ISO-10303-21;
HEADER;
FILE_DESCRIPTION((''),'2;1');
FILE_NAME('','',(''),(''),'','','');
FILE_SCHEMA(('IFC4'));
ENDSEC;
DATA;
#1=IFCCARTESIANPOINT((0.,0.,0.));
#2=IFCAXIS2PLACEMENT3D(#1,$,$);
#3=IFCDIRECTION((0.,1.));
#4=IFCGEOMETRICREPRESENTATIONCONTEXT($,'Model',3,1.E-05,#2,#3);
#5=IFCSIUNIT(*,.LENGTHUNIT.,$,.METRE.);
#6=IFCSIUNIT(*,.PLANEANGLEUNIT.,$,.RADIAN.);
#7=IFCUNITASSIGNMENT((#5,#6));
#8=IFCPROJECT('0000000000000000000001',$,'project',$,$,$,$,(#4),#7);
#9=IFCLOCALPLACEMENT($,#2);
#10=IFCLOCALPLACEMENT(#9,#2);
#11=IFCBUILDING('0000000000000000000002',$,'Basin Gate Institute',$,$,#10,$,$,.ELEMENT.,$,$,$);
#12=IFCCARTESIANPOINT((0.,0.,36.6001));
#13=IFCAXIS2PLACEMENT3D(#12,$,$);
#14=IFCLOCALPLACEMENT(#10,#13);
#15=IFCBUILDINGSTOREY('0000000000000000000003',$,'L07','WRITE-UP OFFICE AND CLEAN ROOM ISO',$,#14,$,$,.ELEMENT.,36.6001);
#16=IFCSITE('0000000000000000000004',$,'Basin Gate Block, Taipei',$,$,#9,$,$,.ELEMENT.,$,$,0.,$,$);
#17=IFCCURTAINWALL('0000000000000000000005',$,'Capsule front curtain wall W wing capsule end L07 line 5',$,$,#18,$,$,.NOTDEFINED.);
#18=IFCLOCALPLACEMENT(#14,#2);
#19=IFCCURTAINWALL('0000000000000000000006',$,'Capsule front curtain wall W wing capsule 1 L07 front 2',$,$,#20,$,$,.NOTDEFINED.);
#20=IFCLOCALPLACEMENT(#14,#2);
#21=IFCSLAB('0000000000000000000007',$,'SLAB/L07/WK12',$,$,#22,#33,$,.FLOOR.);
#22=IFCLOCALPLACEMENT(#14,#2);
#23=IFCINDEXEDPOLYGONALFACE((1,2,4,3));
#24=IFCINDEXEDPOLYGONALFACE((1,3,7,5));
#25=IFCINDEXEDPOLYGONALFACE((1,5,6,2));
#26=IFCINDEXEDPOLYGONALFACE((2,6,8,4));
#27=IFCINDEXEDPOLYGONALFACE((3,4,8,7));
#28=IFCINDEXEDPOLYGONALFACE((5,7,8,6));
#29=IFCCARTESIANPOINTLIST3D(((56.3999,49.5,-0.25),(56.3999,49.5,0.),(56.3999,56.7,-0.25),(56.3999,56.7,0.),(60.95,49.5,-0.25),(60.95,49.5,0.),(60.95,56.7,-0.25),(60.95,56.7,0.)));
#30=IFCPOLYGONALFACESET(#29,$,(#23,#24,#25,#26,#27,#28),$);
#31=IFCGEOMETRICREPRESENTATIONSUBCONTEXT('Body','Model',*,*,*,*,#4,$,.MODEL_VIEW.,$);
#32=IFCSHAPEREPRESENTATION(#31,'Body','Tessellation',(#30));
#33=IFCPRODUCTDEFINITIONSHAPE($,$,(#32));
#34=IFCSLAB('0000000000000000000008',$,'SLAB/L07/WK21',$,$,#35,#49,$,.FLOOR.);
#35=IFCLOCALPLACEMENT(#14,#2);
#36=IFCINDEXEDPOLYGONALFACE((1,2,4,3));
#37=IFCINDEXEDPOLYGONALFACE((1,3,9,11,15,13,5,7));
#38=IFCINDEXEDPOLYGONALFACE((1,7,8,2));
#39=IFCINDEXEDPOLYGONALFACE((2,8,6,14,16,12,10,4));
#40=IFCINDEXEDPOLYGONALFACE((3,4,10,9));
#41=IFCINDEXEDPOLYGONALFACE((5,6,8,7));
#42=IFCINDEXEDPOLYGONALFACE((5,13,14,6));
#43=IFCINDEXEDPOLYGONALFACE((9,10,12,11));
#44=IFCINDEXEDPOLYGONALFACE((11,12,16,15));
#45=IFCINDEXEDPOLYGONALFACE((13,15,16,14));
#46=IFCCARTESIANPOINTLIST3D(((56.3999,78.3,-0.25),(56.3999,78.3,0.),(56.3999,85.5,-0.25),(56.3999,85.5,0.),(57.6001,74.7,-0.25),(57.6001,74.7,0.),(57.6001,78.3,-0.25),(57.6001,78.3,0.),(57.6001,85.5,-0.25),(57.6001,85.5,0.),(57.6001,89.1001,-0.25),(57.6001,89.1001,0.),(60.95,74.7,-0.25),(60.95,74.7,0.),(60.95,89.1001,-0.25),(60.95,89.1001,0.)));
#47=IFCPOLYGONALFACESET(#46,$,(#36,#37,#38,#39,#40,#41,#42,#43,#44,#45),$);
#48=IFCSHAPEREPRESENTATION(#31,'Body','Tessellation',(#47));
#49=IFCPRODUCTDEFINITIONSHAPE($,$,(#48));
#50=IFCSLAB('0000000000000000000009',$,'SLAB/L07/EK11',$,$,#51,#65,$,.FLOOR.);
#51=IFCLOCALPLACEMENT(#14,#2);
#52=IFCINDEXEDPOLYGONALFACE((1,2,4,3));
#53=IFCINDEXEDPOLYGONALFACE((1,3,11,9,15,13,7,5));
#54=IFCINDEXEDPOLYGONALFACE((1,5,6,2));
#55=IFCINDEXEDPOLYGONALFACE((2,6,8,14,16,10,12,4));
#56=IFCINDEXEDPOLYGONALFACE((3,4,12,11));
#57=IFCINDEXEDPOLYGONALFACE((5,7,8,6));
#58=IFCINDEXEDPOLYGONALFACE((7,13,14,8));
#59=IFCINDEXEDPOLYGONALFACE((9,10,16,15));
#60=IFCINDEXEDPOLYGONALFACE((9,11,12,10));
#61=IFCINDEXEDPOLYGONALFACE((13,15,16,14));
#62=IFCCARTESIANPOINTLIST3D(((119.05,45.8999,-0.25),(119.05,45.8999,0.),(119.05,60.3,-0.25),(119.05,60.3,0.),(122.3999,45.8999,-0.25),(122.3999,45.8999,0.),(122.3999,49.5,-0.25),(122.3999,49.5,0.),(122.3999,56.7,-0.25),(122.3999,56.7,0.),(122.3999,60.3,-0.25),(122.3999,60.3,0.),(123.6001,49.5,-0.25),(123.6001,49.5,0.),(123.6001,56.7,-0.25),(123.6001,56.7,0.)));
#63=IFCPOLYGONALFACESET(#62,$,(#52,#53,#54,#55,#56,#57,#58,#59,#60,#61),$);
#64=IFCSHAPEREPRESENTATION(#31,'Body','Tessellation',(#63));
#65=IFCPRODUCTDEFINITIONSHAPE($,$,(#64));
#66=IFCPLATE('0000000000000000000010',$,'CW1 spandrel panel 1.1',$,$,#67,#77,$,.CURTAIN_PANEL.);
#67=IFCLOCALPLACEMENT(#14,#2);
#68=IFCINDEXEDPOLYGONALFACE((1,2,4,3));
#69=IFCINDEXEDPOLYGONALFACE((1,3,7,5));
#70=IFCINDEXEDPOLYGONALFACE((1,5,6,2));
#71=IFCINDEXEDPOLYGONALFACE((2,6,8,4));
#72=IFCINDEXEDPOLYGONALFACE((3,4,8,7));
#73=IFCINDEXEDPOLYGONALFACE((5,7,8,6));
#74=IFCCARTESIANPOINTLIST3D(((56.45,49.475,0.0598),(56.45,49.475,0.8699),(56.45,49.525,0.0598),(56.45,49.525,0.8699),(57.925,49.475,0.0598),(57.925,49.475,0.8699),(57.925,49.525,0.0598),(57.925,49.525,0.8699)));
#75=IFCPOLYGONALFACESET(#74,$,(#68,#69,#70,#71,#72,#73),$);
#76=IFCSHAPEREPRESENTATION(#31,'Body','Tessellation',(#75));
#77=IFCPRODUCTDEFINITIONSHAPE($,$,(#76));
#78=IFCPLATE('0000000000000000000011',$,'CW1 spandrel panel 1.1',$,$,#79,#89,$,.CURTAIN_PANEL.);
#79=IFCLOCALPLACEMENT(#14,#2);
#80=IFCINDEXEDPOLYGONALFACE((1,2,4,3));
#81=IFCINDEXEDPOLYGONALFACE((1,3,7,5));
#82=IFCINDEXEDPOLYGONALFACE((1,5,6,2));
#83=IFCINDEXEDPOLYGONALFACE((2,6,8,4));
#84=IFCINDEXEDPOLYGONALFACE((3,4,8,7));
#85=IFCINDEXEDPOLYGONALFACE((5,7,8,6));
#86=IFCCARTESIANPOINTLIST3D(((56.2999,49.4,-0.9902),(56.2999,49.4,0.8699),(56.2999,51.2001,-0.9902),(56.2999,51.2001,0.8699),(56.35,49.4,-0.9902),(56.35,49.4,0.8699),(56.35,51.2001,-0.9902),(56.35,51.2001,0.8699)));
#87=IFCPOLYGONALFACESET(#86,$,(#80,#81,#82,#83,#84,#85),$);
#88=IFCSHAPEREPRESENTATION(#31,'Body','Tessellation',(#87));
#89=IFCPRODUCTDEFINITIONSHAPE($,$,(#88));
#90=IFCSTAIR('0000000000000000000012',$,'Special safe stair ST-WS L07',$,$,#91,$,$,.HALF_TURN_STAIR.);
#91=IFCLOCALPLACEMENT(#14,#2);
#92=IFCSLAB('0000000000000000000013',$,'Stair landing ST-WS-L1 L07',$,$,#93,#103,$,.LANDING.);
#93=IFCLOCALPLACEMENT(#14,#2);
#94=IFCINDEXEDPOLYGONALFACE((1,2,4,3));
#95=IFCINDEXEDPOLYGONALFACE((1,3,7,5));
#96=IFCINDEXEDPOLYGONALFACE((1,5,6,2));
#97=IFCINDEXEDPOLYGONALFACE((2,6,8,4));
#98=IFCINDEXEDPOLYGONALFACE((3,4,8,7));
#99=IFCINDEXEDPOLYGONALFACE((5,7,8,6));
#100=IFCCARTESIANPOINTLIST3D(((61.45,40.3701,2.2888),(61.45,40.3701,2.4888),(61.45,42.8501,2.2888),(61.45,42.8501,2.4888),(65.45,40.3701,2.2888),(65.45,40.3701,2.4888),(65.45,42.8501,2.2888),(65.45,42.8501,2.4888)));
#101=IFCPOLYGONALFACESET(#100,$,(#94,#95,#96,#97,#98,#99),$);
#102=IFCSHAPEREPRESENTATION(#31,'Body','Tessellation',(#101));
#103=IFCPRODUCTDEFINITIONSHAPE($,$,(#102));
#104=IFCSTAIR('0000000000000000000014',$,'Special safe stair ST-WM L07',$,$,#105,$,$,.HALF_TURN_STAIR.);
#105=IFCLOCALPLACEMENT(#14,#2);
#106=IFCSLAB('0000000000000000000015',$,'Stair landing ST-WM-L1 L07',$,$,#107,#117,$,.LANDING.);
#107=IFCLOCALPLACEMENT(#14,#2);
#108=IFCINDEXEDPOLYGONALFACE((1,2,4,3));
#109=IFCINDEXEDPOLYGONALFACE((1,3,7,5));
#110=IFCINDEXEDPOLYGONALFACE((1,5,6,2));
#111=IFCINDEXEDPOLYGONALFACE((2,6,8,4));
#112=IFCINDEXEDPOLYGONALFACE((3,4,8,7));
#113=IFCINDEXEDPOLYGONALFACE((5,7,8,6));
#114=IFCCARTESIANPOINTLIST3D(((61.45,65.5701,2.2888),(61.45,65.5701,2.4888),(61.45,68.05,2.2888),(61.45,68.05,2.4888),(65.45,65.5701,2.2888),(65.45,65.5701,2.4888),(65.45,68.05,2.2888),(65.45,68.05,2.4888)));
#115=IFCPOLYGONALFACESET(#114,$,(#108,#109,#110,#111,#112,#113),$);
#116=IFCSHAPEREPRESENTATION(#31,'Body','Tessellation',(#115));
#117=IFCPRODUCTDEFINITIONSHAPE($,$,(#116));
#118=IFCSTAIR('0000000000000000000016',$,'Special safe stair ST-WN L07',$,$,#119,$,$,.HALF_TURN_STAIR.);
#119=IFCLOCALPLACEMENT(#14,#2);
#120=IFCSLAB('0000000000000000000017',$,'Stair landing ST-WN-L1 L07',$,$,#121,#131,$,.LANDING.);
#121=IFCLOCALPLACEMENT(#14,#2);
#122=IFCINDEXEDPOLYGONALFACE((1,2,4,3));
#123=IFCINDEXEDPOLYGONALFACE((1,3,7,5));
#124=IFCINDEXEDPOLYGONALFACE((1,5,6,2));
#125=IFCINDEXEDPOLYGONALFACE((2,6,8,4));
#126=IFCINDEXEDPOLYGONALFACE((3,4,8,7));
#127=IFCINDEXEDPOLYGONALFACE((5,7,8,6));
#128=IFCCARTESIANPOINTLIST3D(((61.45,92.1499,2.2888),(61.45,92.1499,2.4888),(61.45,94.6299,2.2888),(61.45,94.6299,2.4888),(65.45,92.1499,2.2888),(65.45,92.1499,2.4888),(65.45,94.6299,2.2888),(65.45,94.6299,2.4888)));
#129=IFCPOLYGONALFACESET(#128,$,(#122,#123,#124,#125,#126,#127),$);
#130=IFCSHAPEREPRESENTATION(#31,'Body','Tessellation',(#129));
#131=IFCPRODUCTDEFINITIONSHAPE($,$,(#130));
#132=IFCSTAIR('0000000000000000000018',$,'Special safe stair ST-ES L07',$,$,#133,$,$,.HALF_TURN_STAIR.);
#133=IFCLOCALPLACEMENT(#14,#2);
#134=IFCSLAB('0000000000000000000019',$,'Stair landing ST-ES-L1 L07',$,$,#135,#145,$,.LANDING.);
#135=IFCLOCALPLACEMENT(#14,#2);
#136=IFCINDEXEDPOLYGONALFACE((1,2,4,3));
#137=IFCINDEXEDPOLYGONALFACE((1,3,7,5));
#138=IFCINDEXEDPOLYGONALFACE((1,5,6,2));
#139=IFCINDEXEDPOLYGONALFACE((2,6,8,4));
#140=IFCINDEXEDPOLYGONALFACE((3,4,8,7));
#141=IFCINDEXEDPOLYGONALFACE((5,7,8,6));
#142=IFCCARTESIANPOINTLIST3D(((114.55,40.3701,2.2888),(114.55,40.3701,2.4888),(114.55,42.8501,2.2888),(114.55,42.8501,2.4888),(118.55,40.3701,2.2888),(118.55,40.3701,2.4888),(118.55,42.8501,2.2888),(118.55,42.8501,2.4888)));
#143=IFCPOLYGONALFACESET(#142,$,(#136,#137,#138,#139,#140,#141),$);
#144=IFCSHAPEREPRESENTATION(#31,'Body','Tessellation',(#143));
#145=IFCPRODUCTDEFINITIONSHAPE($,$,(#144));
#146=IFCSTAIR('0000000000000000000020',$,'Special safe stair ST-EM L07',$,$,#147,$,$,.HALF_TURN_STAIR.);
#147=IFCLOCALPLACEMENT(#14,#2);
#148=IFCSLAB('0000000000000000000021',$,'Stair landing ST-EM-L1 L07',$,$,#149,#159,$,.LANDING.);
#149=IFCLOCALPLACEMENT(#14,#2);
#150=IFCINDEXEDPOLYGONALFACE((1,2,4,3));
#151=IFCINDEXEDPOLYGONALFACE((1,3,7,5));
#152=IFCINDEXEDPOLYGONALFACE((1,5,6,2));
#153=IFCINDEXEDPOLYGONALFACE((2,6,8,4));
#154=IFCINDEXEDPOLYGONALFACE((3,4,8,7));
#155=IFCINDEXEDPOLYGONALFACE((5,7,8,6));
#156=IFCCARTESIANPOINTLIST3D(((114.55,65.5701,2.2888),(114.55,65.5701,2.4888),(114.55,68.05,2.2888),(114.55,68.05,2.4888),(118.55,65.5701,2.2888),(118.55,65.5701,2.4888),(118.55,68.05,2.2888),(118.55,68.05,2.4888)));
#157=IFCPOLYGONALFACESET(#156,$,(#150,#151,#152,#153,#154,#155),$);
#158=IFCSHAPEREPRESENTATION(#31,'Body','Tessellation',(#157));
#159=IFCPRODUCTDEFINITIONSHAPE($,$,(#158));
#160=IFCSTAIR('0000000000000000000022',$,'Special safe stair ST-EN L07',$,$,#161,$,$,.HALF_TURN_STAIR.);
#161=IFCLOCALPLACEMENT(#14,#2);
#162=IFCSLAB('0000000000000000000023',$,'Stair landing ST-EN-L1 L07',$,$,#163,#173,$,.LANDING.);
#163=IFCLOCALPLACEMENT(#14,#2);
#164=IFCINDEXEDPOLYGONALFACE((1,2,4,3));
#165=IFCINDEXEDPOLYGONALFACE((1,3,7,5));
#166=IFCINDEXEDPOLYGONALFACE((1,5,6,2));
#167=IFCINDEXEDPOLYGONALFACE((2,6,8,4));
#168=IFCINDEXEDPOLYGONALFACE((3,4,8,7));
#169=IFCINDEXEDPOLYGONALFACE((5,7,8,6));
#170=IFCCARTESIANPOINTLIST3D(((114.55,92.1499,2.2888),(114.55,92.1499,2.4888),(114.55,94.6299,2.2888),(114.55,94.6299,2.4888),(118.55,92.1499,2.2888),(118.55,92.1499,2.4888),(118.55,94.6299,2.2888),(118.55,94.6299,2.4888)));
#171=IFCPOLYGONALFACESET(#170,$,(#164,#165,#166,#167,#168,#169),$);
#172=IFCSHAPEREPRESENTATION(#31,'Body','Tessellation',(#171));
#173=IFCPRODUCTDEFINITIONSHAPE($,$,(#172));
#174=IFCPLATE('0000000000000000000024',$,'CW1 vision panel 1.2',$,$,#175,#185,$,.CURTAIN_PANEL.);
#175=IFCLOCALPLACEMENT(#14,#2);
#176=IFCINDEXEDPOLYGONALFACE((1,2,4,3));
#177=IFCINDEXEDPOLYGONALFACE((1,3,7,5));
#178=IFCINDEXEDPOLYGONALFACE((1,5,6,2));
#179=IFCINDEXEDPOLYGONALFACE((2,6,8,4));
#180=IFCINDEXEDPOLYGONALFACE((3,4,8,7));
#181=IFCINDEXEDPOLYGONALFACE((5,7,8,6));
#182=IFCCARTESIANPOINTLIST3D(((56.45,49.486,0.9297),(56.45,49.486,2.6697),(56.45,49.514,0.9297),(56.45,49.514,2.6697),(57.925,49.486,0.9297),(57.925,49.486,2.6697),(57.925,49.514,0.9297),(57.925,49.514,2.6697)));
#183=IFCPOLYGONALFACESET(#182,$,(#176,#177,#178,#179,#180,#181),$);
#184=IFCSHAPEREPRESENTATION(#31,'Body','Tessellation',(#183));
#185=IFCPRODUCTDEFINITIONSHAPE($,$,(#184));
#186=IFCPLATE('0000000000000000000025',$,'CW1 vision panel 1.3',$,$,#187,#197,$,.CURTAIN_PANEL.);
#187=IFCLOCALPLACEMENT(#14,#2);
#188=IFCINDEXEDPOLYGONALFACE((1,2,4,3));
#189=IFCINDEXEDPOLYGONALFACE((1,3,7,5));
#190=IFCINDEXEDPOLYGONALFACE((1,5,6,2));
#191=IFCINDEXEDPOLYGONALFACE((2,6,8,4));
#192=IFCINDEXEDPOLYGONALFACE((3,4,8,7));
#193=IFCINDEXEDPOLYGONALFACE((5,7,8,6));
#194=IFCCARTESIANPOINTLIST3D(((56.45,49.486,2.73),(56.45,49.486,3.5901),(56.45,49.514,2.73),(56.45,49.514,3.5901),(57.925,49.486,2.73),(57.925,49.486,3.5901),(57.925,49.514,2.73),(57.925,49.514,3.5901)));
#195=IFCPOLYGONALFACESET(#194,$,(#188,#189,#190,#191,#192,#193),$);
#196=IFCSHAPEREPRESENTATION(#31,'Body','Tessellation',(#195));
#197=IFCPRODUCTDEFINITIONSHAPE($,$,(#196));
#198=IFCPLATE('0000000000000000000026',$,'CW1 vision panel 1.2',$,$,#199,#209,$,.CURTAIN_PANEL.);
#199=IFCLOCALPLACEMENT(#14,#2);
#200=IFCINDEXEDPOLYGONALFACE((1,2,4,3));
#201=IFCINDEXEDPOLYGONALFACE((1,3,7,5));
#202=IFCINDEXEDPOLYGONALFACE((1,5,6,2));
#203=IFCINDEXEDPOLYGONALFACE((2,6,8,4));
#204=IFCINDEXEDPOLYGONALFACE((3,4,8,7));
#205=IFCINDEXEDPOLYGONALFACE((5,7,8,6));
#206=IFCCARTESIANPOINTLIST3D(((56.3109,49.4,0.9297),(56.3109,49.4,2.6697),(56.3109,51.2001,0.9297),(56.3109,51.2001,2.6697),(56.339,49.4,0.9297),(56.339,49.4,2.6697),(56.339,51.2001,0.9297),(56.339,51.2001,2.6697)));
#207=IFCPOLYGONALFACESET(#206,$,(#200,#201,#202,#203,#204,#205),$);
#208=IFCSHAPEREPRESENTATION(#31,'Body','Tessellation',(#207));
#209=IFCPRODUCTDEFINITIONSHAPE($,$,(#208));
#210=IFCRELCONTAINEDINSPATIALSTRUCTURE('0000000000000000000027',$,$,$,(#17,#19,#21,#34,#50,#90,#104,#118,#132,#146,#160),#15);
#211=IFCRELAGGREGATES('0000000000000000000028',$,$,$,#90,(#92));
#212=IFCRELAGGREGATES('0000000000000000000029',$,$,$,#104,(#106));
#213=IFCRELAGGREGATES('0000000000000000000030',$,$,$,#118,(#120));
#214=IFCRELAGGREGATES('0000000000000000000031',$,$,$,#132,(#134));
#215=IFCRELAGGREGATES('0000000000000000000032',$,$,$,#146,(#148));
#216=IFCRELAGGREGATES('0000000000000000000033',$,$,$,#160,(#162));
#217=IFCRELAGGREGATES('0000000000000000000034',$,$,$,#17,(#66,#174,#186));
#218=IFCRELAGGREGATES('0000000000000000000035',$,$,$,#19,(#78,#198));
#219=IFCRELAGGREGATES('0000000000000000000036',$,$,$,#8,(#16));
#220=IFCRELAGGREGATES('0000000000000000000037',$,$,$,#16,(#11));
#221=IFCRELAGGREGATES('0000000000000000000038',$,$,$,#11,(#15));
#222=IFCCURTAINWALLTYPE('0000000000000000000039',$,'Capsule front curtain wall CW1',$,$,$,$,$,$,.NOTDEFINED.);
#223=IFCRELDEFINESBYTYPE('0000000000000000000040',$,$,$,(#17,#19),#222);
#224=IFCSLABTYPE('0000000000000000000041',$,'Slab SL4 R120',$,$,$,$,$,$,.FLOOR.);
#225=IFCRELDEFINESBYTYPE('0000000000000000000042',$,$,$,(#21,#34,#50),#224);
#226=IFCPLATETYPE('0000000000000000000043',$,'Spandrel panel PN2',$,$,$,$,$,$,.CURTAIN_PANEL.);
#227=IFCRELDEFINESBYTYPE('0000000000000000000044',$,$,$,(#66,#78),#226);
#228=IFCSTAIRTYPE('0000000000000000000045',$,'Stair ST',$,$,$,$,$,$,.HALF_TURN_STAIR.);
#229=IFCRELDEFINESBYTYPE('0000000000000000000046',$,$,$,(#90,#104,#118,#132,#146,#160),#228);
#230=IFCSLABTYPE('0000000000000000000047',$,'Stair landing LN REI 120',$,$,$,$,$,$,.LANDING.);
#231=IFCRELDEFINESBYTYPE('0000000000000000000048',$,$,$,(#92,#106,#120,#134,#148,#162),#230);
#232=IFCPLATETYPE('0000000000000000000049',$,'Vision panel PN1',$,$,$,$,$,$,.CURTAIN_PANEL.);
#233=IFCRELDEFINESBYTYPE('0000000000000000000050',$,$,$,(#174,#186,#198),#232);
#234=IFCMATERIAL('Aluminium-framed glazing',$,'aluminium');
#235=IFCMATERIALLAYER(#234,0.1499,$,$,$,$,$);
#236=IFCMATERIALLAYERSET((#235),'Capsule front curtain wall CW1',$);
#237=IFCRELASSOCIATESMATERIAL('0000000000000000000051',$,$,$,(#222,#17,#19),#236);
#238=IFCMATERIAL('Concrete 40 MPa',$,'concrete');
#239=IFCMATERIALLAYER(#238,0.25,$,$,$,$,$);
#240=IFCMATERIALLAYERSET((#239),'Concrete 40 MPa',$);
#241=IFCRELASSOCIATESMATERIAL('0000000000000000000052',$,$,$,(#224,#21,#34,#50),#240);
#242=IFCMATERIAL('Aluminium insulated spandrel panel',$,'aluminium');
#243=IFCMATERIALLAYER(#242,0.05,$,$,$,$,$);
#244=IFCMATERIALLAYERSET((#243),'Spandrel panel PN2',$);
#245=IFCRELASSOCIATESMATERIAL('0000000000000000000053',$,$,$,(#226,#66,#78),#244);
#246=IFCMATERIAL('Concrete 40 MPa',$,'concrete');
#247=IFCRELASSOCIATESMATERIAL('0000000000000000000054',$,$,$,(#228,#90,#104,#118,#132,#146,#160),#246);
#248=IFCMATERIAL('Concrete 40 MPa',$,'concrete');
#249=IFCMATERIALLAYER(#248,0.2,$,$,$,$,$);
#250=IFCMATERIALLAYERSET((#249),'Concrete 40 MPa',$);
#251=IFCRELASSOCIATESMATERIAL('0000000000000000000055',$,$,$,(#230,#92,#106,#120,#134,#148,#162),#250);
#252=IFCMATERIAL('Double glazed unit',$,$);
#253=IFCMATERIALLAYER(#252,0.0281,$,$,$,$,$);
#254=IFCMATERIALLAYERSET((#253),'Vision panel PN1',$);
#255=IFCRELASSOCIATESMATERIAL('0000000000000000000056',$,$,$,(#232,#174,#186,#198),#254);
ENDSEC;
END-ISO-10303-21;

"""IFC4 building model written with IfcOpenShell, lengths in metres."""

from ifc_helpers import new_model, si_unit, direction, frame, origin, origin_2d, place, context, subcontext, project, spatial, polyline, rectangle, outline, extrude, material, layer, layer_set, type_object, element, aggregate, save


model = new_model("IFC4")

# Units and contexts
model_context = context("Model", 3, precision=1e-05, world=origin(), true_north=direction((0.0, 1.0)))
body_context = subcontext(model_context, "Body", "Model", "MODEL_VIEW")
ifc_project = project(units=[si_unit("LENGTHUNIT", "METRE"), si_unit("PLANEANGLEUNIT", "RADIAN")], contexts=[model_context])

# Site, building, storey
site_placement = place(None, origin())
site = spatial("IfcSite", under=ifc_project, at=site_placement, Name="Basin Gate Block, Taipei", CompositionType="ELEMENT", RefElevation=0.0)
building_placement = place(site_placement, origin())
building = spatial("IfcBuilding", under=site, at=building_placement, Name="Basin Gate Institute", CompositionType="ELEMENT")
storey_placement = place(building_placement, frame((0.0, 0.0, 36.6001)))
storey = spatial("IfcBuildingStorey", under=building, at=storey_placement, Name="L07", Description="WRITE-UP OFFICE AND CLEAN ROOM ISO", CompositionType="ELEMENT", Elevation=36.6001)

# Curtain wall
ifc_material_1 = material(Name="Aluminium-framed glazing", Category="aluminium")
ifc_layer_1 = layer(ifc_material_1, 0.1499)
ifc_layer_set_1 = layer_set([ifc_layer_1], Name="Capsule front curtain wall CW1")
curtain_wall_type = type_object("IfcCurtainWallType", Name="Capsule front curtain wall CW1", PredefinedType="NOTDEFINED", material=ifc_layer_set_1)
curtain_wall_1_placement = place(storey_placement, origin())
curtain_wall_1 = element("IfcCurtainWall", 1, at=curtain_wall_1_placement, inside=storey, type_object=curtain_wall_type, material=ifc_layer_set_1, Name="Capsule front curtain wall W wing capsule end L07 line 5", PredefinedType="NOTDEFINED")

# Curtain wall
curtain_wall_2_placement = place(storey_placement, origin())
curtain_wall_2 = element("IfcCurtainWall", 2, at=curtain_wall_2_placement, inside=storey, type_object=curtain_wall_type, material=ifc_layer_set_1, Name="Capsule front curtain wall W wing capsule 1 L07 front 2", PredefinedType="NOTDEFINED")

# Slabs
ifc_material_2 = material(Name="Concrete 40 MPa", Category="concrete")
ifc_layer_2 = layer(ifc_material_2, 0.25)
ifc_layer_set_2 = layer_set([ifc_layer_2], Name="Concrete 40 MPa")
slab_type_1 = type_object("IfcSlabType", Name="Slab SL4 R120", PredefinedType="FLOOR", material=ifc_layer_set_2)
slab_1_placement = place(storey_placement, frame((0.0, 0.0, -0.25)))
element("IfcSlab", 3, at=slab_1_placement, inside=storey, type_object=slab_type_1, material=ifc_layer_set_2, Name="SLAB/L07/WK12", PredefinedType="FLOOR", context=body_context, shape_type="SweptSolid", body=[
    extrude(outline(polyline([(60.95, 49.5), (56.3999, 49.5), (56.3999, 56.7), (60.95, 56.7), (60.95, 49.5)])), origin(), (0.0, 0.0, 1.0), 0.25),
])
slab_2_placement = place(storey_placement, frame((0.0, 0.0, -0.25)))
element("IfcSlab", 4, at=slab_2_placement, inside=storey, type_object=slab_type_1, material=ifc_layer_set_2, Name="SLAB/L07/WK21", PredefinedType="FLOOR", context=body_context, shape_type="SweptSolid", body=[
    extrude(outline(polyline([(57.6001, 74.7), (57.6001, 78.3), (56.3999, 78.3), (56.3999, 85.5), (57.6001, 85.5), (57.6001, 89.1001), (60.95, 89.1001), (60.95, 74.7), (57.6001, 74.7)])), origin(), (0.0, 0.0, 1.0), 0.25),
])
slab_3_placement = place(storey_placement, frame((0.0, 0.0, -0.25)))
element("IfcSlab", 5, at=slab_3_placement, inside=storey, type_object=slab_type_1, material=ifc_layer_set_2, Name="SLAB/L07/EK11", PredefinedType="FLOOR", context=body_context, shape_type="SweptSolid", body=[
    extrude(outline(polyline([(119.05, 45.8999), (119.05, 60.3), (122.3999, 60.3), (122.3999, 56.7), (123.6001, 56.7), (123.6001, 49.5), (122.3999, 49.5), (122.3999, 45.8999), (119.05, 45.8999)])), origin(), (0.0, 0.0, 1.0), 0.25),
])

# Plates
ifc_material_3 = material(Name="Aluminium insulated spandrel panel", Category="aluminium")
ifc_layer_3 = layer(ifc_material_3, 0.05)
ifc_layer_set_3 = layer_set([ifc_layer_3], Name="Spandrel panel PN2")
plate_type_1 = type_object("IfcPlateType", Name="Spandrel panel PN2", PredefinedType="CURTAIN_PANEL", material=ifc_layer_set_3)
plate_1_placement = place(storey_placement, frame((57.1875, 49.5, 0.0598), z_axis=(0.0, 0.0, 1.0), x_axis=(1.0, 0.0, 0.0)))
plate_1 = element("IfcPlate", 6, at=plate_1_placement, type_object=plate_type_1, material=ifc_layer_set_3, Name="CW1 spandrel panel 1.1", PredefinedType="CURTAIN_PANEL", context=body_context, shape_type="SweptSolid", body=[
    extrude(rectangle(XDim=1.4751, YDim=0.05, at=origin_2d()), origin(), (0.0, 0.0, 1.0), 0.8101),
])
plate_2_placement = place(storey_placement, frame((56.325, 50.3, -0.9902), z_axis=(0.0, 0.0, 1.0), x_axis=(0.0, 1.0, 0.0)))
plate_2 = element("IfcPlate", 7, at=plate_2_placement, type_object=plate_type_1, material=ifc_layer_set_3, Name="CW1 spandrel panel 1.1", PredefinedType="CURTAIN_PANEL", context=body_context, shape_type="SweptSolid", body=[
    extrude(rectangle(XDim=1.8, YDim=0.05, at=origin_2d()), origin(), (0.0, 0.0, 1.0), 1.8601),
])

# Stairs, slabs
ifc_material_4 = material(Name="Concrete 40 MPa", Category="concrete")
stair_type = type_object("IfcStairType", Name="Stair ST", PredefinedType="HALF_TURN_STAIR", material=ifc_material_4)
stair_1_placement = place(storey_placement, origin())
stair_1 = element("IfcStair", 8, at=stair_1_placement, inside=storey, type_object=stair_type, material=ifc_material_4, Name="Special safe stair ST-WS L07", PredefinedType="HALF_TURN_STAIR")
ifc_material_5 = material(Name="Concrete 40 MPa", Category="concrete")
ifc_layer_4 = layer(ifc_material_5, 0.2)
ifc_layer_set_4 = layer_set([ifc_layer_4], Name="Concrete 40 MPa")
slab_type_2 = type_object("IfcSlabType", Name="Stair landing LN REI 120", PredefinedType="LANDING", material=ifc_layer_set_4)
slab_4_placement = place(storey_placement, frame((0.0, 0.0, 2.2888)))
slab_4 = element("IfcSlab", 9, at=slab_4_placement, type_object=slab_type_2, material=ifc_layer_set_4, Name="Stair landing ST-WS-L1 L07", PredefinedType="LANDING", context=body_context, shape_type="SweptSolid", body=[
    extrude(outline(polyline([(61.45, 40.3701), (65.45, 40.3701), (65.45, 42.8501), (61.45, 42.8501), (61.45, 40.3701)])), origin(), (0.0, 0.0, 1.0), 0.2),
])
aggregate(stair_1, [slab_4])
stair_2_placement = place(storey_placement, origin())
stair_2 = element("IfcStair", 10, at=stair_2_placement, inside=storey, type_object=stair_type, material=ifc_material_4, Name="Special safe stair ST-WM L07", PredefinedType="HALF_TURN_STAIR")
slab_5_placement = place(storey_placement, frame((0.0, 0.0, 2.2888)))
slab_5 = element("IfcSlab", 11, at=slab_5_placement, type_object=slab_type_2, material=ifc_layer_set_4, Name="Stair landing ST-WM-L1 L07", PredefinedType="LANDING", context=body_context, shape_type="SweptSolid", body=[
    extrude(outline(polyline([(61.45, 65.5701), (65.45, 65.5701), (65.45, 68.05), (61.45, 68.05), (61.45, 65.5701)])), origin(), (0.0, 0.0, 1.0), 0.2),
])
aggregate(stair_2, [slab_5])
stair_3_placement = place(storey_placement, origin())
stair_3 = element("IfcStair", 12, at=stair_3_placement, inside=storey, type_object=stair_type, material=ifc_material_4, Name="Special safe stair ST-WN L07", PredefinedType="HALF_TURN_STAIR")
slab_6_placement = place(storey_placement, frame((0.0, 0.0, 2.2888)))
slab_6 = element("IfcSlab", 13, at=slab_6_placement, type_object=slab_type_2, material=ifc_layer_set_4, Name="Stair landing ST-WN-L1 L07", PredefinedType="LANDING", context=body_context, shape_type="SweptSolid", body=[
    extrude(outline(polyline([(61.45, 92.1499), (65.45, 92.1499), (65.45, 94.6299), (61.45, 94.6299), (61.45, 92.1499)])), origin(), (0.0, 0.0, 1.0), 0.2),
])
aggregate(stair_3, [slab_6])
stair_4_placement = place(storey_placement, origin())
stair_4 = element("IfcStair", 14, at=stair_4_placement, inside=storey, type_object=stair_type, material=ifc_material_4, Name="Special safe stair ST-ES L07", PredefinedType="HALF_TURN_STAIR")
slab_7_placement = place(storey_placement, frame((0.0, 0.0, 2.2888)))
slab_7 = element("IfcSlab", 15, at=slab_7_placement, type_object=slab_type_2, material=ifc_layer_set_4, Name="Stair landing ST-ES-L1 L07", PredefinedType="LANDING", context=body_context, shape_type="SweptSolid", body=[
    extrude(outline(polyline([(118.55, 42.8501), (114.55, 42.8501), (114.55, 40.3701), (118.55, 40.3701), (118.55, 42.8501)])), origin(), (0.0, 0.0, 1.0), 0.2),
])
aggregate(stair_4, [slab_7])
stair_5_placement = place(storey_placement, origin())
stair_5 = element("IfcStair", 16, at=stair_5_placement, inside=storey, type_object=stair_type, material=ifc_material_4, Name="Special safe stair ST-EM L07", PredefinedType="HALF_TURN_STAIR")
slab_8_placement = place(storey_placement, frame((0.0, 0.0, 2.2888)))
slab_8 = element("IfcSlab", 17, at=slab_8_placement, type_object=slab_type_2, material=ifc_layer_set_4, Name="Stair landing ST-EM-L1 L07", PredefinedType="LANDING", context=body_context, shape_type="SweptSolid", body=[
    extrude(outline(polyline([(118.55, 68.05), (114.55, 68.05), (114.55, 65.5701), (118.55, 65.5701), (118.55, 68.05)])), origin(), (0.0, 0.0, 1.0), 0.2),
])
aggregate(stair_5, [slab_8])
stair_6_placement = place(storey_placement, origin())
stair_6 = element("IfcStair", 18, at=stair_6_placement, inside=storey, type_object=stair_type, material=ifc_material_4, Name="Special safe stair ST-EN L07", PredefinedType="HALF_TURN_STAIR")
slab_9_placement = place(storey_placement, frame((0.0, 0.0, 2.2888)))
slab_9 = element("IfcSlab", 19, at=slab_9_placement, type_object=slab_type_2, material=ifc_layer_set_4, Name="Stair landing ST-EN-L1 L07", PredefinedType="LANDING", context=body_context, shape_type="SweptSolid", body=[
    extrude(outline(polyline([(118.55, 94.6299), (114.55, 94.6299), (114.55, 92.1499), (118.55, 92.1499), (118.55, 94.6299)])), origin(), (0.0, 0.0, 1.0), 0.2),
])
aggregate(stair_6, [slab_9])

# Plates
ifc_material_6 = material(Name="Double glazed unit")
ifc_layer_5 = layer(ifc_material_6, 0.0281)
ifc_layer_set_5 = layer_set([ifc_layer_5], Name="Vision panel PN1")
plate_type_2 = type_object("IfcPlateType", Name="Vision panel PN1", PredefinedType="CURTAIN_PANEL", material=ifc_layer_set_5)
plate_3_placement = place(storey_placement, frame((57.1875, 49.5, 0.9297), z_axis=(0.0, 0.0, 1.0), x_axis=(1.0, 0.0, 0.0)))
plate_3 = element("IfcPlate", 20, at=plate_3_placement, type_object=plate_type_2, material=ifc_layer_set_5, Name="CW1 vision panel 1.2", PredefinedType="CURTAIN_PANEL", context=body_context, shape_type="SweptSolid", body=[
    extrude(rectangle(XDim=1.4751, YDim=0.0281, at=origin_2d()), origin(), (0.0, 0.0, 1.0), 1.74),
])
plate_4_placement = place(storey_placement, frame((57.1875, 49.5, 2.73), z_axis=(0.0, 0.0, 1.0), x_axis=(1.0, 0.0, 0.0)))
plate_4 = element("IfcPlate", 21, at=plate_4_placement, type_object=plate_type_2, material=ifc_layer_set_5, Name="CW1 vision panel 1.3", PredefinedType="CURTAIN_PANEL", context=body_context, shape_type="SweptSolid", body=[
    extrude(rectangle(XDim=1.4751, YDim=0.0281, at=origin_2d()), origin(), (0.0, 0.0, 1.0), 0.8601),
])
aggregate(curtain_wall_1, [plate_1, plate_3, plate_4])
plate_5_placement = place(storey_placement, frame((56.325, 50.3, 0.9297), z_axis=(0.0, 0.0, 1.0), x_axis=(0.0, 1.0, 0.0)))
plate_5 = element("IfcPlate", 22, at=plate_5_placement, type_object=plate_type_2, material=ifc_layer_set_5, Name="CW1 vision panel 1.2", PredefinedType="CURTAIN_PANEL", context=body_context, shape_type="SweptSolid", body=[
    extrude(rectangle(XDim=1.8, YDim=0.0281, at=origin_2d()), origin(), (0.0, 0.0, 1.0), 1.74),
])
aggregate(curtain_wall_2, [plate_2, plate_5])

save(model, "model.ifc")
